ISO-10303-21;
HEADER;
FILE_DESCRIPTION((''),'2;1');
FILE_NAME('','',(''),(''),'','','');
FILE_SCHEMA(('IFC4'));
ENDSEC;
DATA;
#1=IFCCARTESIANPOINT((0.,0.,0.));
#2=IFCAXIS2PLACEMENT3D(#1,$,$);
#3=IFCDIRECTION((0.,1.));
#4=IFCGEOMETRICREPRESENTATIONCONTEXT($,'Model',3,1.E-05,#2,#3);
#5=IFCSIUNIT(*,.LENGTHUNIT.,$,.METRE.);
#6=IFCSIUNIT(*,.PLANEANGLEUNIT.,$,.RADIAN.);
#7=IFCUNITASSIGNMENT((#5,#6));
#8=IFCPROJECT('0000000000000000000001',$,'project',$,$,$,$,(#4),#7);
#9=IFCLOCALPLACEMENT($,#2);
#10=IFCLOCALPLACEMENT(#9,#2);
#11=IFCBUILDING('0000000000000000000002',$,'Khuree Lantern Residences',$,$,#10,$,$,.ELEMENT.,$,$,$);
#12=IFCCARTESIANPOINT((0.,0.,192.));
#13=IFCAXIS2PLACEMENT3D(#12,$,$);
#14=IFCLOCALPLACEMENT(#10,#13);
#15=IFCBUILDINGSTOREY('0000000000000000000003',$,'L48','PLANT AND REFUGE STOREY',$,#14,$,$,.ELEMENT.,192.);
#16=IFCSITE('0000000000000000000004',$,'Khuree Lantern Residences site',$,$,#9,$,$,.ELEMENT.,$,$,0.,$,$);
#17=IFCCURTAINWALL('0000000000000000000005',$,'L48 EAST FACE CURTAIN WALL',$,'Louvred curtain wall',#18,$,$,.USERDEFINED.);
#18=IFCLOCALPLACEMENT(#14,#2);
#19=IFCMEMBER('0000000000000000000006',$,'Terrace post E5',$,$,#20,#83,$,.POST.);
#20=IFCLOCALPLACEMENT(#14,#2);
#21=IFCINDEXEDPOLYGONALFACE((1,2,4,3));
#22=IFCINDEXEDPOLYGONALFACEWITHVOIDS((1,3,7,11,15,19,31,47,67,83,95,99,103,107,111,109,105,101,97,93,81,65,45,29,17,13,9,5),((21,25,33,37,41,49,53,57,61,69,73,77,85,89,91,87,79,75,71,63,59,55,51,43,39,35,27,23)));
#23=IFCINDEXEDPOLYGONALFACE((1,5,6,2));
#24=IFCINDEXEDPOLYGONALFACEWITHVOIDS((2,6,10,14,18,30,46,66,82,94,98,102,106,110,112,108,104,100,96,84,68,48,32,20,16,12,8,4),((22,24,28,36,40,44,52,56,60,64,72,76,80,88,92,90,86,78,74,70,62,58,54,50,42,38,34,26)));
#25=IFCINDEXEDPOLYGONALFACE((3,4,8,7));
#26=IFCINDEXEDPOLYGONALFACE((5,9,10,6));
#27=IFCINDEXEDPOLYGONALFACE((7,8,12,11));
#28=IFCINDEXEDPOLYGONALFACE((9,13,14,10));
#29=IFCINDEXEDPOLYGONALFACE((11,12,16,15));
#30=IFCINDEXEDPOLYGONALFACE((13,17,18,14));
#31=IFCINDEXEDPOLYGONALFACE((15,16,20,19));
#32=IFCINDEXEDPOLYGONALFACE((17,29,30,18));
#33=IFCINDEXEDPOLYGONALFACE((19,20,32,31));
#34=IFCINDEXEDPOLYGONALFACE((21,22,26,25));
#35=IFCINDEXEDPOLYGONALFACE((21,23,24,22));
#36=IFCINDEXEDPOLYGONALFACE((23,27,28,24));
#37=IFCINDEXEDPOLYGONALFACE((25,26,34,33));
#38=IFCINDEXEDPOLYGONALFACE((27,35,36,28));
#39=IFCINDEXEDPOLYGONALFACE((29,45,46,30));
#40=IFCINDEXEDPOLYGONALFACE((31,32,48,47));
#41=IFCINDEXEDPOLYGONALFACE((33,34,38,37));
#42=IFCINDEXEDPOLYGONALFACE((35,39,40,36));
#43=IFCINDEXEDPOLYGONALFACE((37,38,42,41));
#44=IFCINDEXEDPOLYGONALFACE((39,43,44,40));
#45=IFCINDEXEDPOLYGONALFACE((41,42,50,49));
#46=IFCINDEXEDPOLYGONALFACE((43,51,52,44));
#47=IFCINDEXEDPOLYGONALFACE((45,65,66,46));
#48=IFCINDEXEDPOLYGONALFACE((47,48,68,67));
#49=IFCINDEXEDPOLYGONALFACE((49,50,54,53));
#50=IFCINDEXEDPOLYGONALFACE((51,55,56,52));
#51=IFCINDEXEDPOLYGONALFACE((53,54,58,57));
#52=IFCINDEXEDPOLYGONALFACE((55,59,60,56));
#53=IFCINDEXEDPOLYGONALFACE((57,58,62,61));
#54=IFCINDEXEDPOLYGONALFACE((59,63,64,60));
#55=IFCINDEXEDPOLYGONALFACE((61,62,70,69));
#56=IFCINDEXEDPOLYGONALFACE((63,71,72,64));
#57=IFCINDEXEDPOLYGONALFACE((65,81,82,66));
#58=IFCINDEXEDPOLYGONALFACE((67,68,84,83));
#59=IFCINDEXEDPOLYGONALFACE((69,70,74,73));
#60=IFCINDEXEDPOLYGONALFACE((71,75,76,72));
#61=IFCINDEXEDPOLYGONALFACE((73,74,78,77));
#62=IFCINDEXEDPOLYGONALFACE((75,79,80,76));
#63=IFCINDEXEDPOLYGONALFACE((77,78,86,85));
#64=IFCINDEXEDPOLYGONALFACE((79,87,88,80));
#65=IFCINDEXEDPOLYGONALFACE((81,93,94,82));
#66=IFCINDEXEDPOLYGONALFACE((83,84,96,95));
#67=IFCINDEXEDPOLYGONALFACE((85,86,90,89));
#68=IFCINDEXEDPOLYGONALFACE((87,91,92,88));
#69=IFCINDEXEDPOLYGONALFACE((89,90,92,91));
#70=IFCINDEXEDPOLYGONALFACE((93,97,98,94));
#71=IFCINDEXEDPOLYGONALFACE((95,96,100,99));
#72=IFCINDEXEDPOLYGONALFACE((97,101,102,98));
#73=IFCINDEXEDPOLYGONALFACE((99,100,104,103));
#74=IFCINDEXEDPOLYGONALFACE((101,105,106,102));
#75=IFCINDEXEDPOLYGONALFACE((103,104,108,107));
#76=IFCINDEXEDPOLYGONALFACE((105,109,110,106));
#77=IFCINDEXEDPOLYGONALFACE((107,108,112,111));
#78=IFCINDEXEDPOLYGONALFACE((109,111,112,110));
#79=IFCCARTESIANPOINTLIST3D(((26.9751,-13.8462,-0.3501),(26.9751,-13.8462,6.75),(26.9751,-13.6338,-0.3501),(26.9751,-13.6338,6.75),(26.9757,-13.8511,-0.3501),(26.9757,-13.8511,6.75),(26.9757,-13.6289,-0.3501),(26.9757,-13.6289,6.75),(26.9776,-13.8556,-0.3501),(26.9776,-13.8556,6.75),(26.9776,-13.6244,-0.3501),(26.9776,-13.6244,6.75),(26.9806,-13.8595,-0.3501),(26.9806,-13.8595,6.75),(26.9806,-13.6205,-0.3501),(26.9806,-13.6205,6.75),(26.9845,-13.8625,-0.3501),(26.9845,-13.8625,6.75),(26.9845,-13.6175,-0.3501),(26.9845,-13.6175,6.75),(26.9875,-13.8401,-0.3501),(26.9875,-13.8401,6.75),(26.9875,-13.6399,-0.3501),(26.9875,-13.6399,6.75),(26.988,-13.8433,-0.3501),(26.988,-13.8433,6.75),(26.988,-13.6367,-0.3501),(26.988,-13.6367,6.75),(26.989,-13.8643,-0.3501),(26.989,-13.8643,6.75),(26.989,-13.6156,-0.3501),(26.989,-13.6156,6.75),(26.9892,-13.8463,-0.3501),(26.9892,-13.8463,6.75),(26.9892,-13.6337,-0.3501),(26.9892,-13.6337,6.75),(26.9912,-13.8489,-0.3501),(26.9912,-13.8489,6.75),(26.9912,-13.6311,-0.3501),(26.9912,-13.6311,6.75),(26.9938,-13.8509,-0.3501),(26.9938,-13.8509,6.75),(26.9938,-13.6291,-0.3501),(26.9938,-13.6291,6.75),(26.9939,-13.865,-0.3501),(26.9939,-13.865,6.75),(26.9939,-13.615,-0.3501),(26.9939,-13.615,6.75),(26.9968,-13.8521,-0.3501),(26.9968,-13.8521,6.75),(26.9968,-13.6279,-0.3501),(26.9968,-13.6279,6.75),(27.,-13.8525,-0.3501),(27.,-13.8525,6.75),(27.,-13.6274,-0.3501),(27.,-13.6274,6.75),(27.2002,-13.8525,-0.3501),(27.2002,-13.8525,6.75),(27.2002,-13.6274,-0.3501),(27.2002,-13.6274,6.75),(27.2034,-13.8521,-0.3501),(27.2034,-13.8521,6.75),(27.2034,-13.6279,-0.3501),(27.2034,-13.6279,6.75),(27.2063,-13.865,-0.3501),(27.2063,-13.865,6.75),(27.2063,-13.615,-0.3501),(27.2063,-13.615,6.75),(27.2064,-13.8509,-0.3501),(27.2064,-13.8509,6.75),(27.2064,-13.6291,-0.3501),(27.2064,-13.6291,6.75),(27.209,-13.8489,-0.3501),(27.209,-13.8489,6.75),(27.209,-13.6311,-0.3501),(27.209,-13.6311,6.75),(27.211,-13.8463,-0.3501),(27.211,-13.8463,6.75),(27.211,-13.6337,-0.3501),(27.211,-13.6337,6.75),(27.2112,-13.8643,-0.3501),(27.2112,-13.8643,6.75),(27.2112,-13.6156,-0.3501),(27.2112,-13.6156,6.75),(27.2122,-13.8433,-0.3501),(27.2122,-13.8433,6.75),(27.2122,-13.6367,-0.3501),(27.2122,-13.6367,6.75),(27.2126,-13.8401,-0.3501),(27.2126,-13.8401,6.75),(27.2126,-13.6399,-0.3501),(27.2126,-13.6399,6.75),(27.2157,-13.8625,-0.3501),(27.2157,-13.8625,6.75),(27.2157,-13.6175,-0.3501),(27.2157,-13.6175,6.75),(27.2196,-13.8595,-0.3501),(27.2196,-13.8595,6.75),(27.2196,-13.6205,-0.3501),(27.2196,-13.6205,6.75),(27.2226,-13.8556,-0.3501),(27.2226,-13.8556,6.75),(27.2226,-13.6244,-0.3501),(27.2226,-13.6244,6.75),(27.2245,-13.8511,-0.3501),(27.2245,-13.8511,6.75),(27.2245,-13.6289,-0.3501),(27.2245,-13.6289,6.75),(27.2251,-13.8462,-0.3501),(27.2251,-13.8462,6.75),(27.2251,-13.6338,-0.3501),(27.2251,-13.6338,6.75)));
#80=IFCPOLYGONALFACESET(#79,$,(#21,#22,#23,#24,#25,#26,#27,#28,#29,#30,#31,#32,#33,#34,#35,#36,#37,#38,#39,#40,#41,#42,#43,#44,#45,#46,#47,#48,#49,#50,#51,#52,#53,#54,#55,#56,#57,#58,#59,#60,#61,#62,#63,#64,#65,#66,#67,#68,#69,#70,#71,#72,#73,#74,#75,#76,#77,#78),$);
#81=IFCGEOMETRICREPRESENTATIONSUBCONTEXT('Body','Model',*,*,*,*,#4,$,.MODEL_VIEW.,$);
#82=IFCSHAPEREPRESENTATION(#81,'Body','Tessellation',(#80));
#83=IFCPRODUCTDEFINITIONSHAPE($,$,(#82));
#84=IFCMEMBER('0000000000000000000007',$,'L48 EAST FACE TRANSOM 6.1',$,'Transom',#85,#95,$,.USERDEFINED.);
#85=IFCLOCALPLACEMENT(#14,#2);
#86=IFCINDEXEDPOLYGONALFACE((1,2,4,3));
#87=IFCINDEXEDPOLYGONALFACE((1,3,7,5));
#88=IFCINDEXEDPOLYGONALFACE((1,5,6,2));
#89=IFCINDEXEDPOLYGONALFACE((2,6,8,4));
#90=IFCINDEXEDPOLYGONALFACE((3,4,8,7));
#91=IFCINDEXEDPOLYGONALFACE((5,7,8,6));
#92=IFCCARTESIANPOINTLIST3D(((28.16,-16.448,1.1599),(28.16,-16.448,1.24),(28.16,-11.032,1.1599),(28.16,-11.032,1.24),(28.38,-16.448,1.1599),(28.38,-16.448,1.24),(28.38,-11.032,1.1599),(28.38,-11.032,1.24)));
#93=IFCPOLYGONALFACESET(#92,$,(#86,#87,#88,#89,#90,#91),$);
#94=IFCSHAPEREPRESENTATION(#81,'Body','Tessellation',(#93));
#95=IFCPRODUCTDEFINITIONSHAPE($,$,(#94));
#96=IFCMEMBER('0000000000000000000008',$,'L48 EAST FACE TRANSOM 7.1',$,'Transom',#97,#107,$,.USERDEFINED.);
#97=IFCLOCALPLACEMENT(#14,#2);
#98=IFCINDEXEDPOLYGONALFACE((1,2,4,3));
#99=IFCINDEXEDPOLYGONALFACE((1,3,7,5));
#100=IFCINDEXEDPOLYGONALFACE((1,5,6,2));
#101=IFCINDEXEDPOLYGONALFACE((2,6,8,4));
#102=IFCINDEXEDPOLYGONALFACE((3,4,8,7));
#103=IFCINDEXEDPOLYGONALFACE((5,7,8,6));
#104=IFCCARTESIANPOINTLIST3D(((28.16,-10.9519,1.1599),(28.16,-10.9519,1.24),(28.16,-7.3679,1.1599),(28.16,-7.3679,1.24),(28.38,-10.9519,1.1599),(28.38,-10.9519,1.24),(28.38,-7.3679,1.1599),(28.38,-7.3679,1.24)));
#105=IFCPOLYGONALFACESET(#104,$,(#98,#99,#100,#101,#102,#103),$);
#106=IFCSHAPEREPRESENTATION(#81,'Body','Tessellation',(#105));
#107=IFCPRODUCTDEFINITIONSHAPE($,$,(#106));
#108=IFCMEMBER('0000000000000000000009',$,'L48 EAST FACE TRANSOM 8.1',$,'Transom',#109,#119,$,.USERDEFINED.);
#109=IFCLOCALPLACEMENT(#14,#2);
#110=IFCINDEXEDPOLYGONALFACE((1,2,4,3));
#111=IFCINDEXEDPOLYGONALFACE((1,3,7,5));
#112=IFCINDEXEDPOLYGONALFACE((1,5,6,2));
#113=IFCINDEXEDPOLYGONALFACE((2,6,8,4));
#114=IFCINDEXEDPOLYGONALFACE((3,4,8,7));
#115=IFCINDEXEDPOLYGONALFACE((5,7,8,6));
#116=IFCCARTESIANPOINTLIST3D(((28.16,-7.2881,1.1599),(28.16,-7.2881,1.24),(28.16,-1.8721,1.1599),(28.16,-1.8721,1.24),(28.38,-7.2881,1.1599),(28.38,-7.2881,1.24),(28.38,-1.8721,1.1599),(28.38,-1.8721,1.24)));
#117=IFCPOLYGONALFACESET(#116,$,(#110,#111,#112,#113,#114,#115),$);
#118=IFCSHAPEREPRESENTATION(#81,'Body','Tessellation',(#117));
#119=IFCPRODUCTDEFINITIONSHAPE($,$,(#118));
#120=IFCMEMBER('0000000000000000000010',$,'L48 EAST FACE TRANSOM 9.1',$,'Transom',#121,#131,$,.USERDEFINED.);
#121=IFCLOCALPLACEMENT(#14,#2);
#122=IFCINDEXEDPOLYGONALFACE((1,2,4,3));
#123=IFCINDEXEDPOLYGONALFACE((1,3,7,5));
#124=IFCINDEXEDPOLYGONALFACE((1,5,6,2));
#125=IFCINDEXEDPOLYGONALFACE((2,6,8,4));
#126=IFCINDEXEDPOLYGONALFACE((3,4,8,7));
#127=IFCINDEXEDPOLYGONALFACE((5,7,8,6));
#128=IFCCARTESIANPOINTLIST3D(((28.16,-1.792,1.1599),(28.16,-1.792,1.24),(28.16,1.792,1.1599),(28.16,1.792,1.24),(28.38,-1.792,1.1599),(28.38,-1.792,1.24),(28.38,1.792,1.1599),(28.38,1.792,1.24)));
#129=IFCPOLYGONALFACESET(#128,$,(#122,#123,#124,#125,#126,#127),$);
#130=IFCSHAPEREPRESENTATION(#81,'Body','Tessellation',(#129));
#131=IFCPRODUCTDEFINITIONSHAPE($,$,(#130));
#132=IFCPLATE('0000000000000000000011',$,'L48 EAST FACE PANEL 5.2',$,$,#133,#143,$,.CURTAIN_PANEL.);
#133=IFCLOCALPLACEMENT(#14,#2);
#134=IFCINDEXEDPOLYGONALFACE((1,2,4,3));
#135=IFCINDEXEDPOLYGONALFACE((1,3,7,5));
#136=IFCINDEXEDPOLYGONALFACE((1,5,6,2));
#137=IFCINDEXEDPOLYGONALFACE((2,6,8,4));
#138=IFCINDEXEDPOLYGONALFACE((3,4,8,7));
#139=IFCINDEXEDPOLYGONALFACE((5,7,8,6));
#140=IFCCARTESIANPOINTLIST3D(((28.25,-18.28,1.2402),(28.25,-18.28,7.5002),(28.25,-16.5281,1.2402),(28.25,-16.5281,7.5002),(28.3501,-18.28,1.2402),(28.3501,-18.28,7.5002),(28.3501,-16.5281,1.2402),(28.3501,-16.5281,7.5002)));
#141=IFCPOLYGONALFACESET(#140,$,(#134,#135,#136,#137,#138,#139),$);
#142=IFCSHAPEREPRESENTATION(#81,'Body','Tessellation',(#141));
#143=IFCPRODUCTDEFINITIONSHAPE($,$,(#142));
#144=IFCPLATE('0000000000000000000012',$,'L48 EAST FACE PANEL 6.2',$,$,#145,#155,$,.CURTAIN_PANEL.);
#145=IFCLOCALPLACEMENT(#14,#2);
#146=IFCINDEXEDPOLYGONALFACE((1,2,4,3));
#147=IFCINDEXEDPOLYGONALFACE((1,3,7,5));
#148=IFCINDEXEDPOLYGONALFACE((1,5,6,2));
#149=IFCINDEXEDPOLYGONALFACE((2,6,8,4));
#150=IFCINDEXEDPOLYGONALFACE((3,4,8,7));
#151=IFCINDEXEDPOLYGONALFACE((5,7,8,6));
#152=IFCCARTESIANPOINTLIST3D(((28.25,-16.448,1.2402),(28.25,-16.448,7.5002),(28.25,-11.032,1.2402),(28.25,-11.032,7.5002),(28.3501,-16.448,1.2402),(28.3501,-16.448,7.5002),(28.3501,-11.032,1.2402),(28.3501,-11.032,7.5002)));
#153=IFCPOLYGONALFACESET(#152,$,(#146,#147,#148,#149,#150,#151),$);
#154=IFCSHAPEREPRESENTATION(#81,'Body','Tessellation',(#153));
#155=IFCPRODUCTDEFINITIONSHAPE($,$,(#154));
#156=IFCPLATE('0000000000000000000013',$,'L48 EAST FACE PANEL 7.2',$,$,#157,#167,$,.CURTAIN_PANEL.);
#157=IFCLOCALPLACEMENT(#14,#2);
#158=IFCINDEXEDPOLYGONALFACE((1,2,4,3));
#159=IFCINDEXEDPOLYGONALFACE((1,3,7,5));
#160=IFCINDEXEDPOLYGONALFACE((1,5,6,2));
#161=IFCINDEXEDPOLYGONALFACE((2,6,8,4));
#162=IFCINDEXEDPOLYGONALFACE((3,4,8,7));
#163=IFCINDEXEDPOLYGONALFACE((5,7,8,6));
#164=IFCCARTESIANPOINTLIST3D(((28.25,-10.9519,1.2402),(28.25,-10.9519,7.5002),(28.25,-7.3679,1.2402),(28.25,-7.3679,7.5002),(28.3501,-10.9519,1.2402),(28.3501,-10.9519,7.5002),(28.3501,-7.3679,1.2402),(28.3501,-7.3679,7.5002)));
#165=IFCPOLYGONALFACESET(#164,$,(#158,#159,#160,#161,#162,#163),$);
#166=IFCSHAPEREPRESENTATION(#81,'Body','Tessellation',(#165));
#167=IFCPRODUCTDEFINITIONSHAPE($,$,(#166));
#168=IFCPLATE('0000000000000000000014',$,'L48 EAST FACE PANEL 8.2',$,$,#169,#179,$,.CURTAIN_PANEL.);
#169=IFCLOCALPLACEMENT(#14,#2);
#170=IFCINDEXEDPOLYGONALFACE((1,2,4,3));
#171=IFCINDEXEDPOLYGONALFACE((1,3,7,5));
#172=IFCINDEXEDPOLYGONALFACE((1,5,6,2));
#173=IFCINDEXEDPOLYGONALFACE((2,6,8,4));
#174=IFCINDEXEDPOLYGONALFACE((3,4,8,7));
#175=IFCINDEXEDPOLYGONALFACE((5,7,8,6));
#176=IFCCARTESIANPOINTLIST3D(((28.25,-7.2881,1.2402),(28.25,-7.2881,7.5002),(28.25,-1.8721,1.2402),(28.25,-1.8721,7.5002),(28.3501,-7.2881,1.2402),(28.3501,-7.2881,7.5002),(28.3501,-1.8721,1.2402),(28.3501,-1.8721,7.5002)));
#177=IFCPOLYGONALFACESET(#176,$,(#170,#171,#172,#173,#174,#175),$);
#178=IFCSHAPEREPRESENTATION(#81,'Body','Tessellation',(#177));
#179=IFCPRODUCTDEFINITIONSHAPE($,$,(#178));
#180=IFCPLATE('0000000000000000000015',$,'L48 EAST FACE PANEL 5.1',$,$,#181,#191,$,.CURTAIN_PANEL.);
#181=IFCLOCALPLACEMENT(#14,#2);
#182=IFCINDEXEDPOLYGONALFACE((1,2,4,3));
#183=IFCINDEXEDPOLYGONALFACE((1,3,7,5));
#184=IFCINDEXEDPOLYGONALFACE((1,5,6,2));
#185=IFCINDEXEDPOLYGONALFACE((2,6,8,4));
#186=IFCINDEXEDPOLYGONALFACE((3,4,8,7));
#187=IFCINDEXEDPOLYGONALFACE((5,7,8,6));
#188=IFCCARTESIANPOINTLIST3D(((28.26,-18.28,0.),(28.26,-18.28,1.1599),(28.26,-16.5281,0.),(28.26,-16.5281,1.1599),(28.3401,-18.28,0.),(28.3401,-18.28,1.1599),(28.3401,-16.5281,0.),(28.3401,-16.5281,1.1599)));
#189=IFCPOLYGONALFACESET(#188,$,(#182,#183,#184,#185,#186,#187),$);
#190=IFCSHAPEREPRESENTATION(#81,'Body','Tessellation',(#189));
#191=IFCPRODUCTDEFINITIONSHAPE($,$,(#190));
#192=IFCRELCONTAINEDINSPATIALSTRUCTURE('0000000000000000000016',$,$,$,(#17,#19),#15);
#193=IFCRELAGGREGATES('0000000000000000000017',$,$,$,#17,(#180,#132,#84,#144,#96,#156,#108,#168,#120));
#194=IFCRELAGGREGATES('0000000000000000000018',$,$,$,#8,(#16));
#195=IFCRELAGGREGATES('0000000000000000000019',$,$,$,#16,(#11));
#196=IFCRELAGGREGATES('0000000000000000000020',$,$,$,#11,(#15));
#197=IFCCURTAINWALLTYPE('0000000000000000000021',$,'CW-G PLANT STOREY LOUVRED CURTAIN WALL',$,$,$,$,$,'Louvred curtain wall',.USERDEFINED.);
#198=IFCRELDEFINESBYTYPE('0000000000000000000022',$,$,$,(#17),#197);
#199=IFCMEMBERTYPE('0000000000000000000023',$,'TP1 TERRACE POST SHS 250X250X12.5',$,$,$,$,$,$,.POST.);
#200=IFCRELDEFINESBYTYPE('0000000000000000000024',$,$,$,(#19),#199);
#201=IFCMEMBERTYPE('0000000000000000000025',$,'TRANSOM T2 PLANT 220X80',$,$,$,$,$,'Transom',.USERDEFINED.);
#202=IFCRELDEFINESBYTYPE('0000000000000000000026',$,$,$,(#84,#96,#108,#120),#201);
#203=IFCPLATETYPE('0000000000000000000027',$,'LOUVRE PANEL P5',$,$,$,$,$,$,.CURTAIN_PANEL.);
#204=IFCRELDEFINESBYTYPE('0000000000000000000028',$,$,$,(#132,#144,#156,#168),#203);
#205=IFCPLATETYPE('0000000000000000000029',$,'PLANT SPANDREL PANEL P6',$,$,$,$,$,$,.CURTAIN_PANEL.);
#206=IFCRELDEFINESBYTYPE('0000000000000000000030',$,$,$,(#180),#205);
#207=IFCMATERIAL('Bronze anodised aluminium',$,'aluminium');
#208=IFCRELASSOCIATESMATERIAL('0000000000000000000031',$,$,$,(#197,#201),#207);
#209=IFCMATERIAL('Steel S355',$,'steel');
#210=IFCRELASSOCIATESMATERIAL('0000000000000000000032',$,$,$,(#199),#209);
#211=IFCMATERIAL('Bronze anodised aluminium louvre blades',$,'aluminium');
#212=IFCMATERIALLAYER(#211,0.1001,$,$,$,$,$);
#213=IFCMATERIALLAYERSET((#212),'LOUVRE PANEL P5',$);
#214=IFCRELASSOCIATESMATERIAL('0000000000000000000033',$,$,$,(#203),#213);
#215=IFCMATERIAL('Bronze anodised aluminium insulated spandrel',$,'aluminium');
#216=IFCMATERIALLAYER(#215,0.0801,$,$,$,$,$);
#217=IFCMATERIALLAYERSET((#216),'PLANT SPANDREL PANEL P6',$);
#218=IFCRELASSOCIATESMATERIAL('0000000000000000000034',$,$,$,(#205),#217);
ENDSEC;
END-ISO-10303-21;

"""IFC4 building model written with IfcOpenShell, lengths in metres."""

from ifc_helpers import new_model, si_unit, direction, frame, origin, origin_2d, place, context, subcontext, project, spatial, rectangle, hollow_rectangle, extrude, material, layer, layer_set, material_profile, profile_set, type_object, element, aggregate, save


model = new_model("IFC4")

# Units and contexts
model_context = context("Model", 3, precision=1e-05, world=origin(), true_north=direction((0.0, 1.0)))
body_context = subcontext(model_context, "Body", "Model", "MODEL_VIEW")
ifc_project = project(units=[si_unit("LENGTHUNIT", "METRE"), si_unit("PLANEANGLEUNIT", "RADIAN")], contexts=[model_context])

# Site, building, storey
site_placement = place(None, origin())
site = spatial("IfcSite", under=ifc_project, at=site_placement, Name="Khuree Lantern Residences site", CompositionType="ELEMENT", RefElevation=0.0)
building_placement = place(site_placement, origin())
building = spatial("IfcBuilding", under=site, at=building_placement, Name="Khuree Lantern Residences", CompositionType="ELEMENT")
storey_placement = place(building_placement, frame((0.0, 0.0, 192.0)))
storey = spatial("IfcBuildingStorey", under=building, at=storey_placement, Name="L48", Description="PLANT AND REFUGE STOREY", CompositionType="ELEMENT", Elevation=192.0)

# Shared definitions
ifc_material_1 = material(Name="Steel S355", Category="steel")

# Curtain wall
ifc_material_2 = material(Name="Bronze anodised aluminium", Category="aluminium")
curtain_wall_type = type_object("IfcCurtainWallType", Name="CW-G PLANT STOREY LOUVRED CURTAIN WALL", ElementType="Louvred curtain wall", PredefinedType="USERDEFINED", material=ifc_material_2)
curtain_wall_placement = place(storey_placement, origin())
curtain_wall = element("IfcCurtainWall", 1, at=curtain_wall_placement, inside=storey, type_object=curtain_wall_type, Name="L48 EAST FACE CURTAIN WALL", ObjectType="Louvred curtain wall", PredefinedType="USERDEFINED")

# Member
ifc_material_profile_1 = material_profile(ifc_material_1, hollow_rectangle(XDim=0.25, YDim=0.25, WallThickness=0.0125, InnerFilletRadius=0.0125, OuterFilletRadius=0.0188, at=origin_2d()), Name="SHS 250X250X12.5")
ifc_profile_set_1 = profile_set([ifc_material_profile_1], Name="Steel S355")
member_type_1 = type_object("IfcMemberType", Name="TP1 TERRACE POST SHS 250X250X12.5", PredefinedType="POST", material=ifc_profile_set_1)
for number, where, z_axis, x_axis, name in (
    (2, (27.1001, -13.74, -0.3501), (0.0, 0.0, 1.0), (1.0, 0.0, 0.0), "Terrace post E5"),
):
    element("IfcMember", number, at=place(storey_placement, frame(where, z_axis=z_axis, x_axis=x_axis)), inside=storey, type_object=member_type_1, Name=name, PredefinedType="POST", context=body_context, shape_type="SweptSolid", body=[
        extrude(hollow_rectangle(XDim=0.25, YDim=0.25, WallThickness=0.0125, InnerFilletRadius=0.0125, OuterFilletRadius=0.0188, at=origin_2d()), origin(), (0.0, 0.0, 1.0), 7.1001),
    ])

# Members
ifc_material_profile_2 = material_profile(ifc_material_2, rectangle(XDim=0.22, YDim=0.0801, at=origin_2d()), Name="T2 220X80")
ifc_profile_set_2 = profile_set([ifc_material_profile_2], Name="Bronze anodised aluminium")
member_type_2 = type_object("IfcMemberType", Name="TRANSOM T2 PLANT 220X80", ElementType="Transom", PredefinedType="USERDEFINED", material=ifc_profile_set_2)
member_1_placement = place(storey_placement, frame((28.27, -16.448, 1.2), z_axis=(0.0, 1.0, 0.0), x_axis=(-1.0, 0.0, 0.0)))
member_1 = element("IfcMember", 3, at=member_1_placement, type_object=member_type_2, Name="L48 EAST FACE TRANSOM 6.1", ObjectType="Transom", PredefinedType="USERDEFINED", context=body_context, shape_type="SweptSolid", body=[
    extrude(rectangle(XDim=0.22, YDim=0.0801, at=origin_2d()), origin(), (0.0, 0.0, 1.0), 5.416),
])
member_2_placement = place(storey_placement, frame((28.27, -10.9519, 1.2), z_axis=(0.0, 1.0, 0.0), x_axis=(-1.0, 0.0, 0.0)))
member_2 = element("IfcMember", 4, at=member_2_placement, type_object=member_type_2, Name="L48 EAST FACE TRANSOM 7.1", ObjectType="Transom", PredefinedType="USERDEFINED", context=body_context, shape_type="SweptSolid", body=[
    extrude(rectangle(XDim=0.22, YDim=0.0801, at=origin_2d()), origin(), (0.0, 0.0, 1.0), 3.584),
])
member_3_placement = place(storey_placement, frame((28.27, -7.2881, 1.2), z_axis=(0.0, 1.0, 0.0), x_axis=(-1.0, 0.0, 0.0)))
member_3 = element("IfcMember", 5, at=member_3_placement, type_object=member_type_2, Name="L48 EAST FACE TRANSOM 8.1", ObjectType="Transom", PredefinedType="USERDEFINED", context=body_context, shape_type="SweptSolid", body=[
    extrude(rectangle(XDim=0.22, YDim=0.0801, at=origin_2d()), origin(), (0.0, 0.0, 1.0), 5.416),
])
member_4_placement = place(storey_placement, frame((28.27, -1.792, 1.2), z_axis=(0.0, 1.0, 0.0), x_axis=(-1.0, 0.0, 0.0)))
member_4 = element("IfcMember", 6, at=member_4_placement, type_object=member_type_2, Name="L48 EAST FACE TRANSOM 9.1", ObjectType="Transom", PredefinedType="USERDEFINED", context=body_context, shape_type="SweptSolid", body=[
    extrude(rectangle(XDim=0.22, YDim=0.0801, at=origin_2d()), origin(), (0.0, 0.0, 1.0), 3.584),
])

# Plates
ifc_material_3 = material(Name="Bronze anodised aluminium louvre blades", Category="aluminium")
ifc_layer_1 = layer(ifc_material_3, 0.1001)
ifc_layer_set_1 = layer_set([ifc_layer_1], Name="LOUVRE PANEL P5")
plate_type_1 = type_object("IfcPlateType", Name="LOUVRE PANEL P5", PredefinedType="CURTAIN_PANEL", material=ifc_layer_set_1)
plate_1_placement = place(storey_placement, frame((28.3, -17.4041, 1.2402), z_axis=(0.0, 0.0, 1.0), x_axis=(0.0, 1.0, 0.0)))
plate_1 = element("IfcPlate", 7, at=plate_1_placement, type_object=plate_type_1, Name="L48 EAST FACE PANEL 5.2", PredefinedType="CURTAIN_PANEL", context=body_context, shape_type="SweptSolid", body=[
    extrude(rectangle(XDim=1.752, YDim=0.1001, at=origin_2d()), origin(), (0.0, 0.0, 1.0), 6.26),
])
plate_2_placement = place(storey_placement, frame((28.3, -13.74, 1.2402), z_axis=(0.0, 0.0, 1.0), x_axis=(0.0, 1.0, 0.0)))
plate_2 = element("IfcPlate", 8, at=plate_2_placement, type_object=plate_type_1, Name="L48 EAST FACE PANEL 6.2", PredefinedType="CURTAIN_PANEL", context=body_context, shape_type="SweptSolid", body=[
    extrude(rectangle(XDim=5.416, YDim=0.1001, at=origin_2d()), origin(), (0.0, 0.0, 1.0), 6.26),
])
plate_3_placement = place(storey_placement, frame((28.3, -9.1599, 1.2402), z_axis=(0.0, 0.0, 1.0), x_axis=(0.0, 1.0, 0.0)))
plate_3 = element("IfcPlate", 9, at=plate_3_placement, type_object=plate_type_1, Name="L48 EAST FACE PANEL 7.2", PredefinedType="CURTAIN_PANEL", context=body_context, shape_type="SweptSolid", body=[
    extrude(rectangle(XDim=3.584, YDim=0.1001, at=origin_2d()), origin(), (0.0, 0.0, 1.0), 6.26),
])
plate_4_placement = place(storey_placement, frame((28.3, -4.5801, 1.2402), z_axis=(0.0, 0.0, 1.0), x_axis=(0.0, 1.0, 0.0)))
plate_4 = element("IfcPlate", 10, at=plate_4_placement, type_object=plate_type_1, Name="L48 EAST FACE PANEL 8.2", PredefinedType="CURTAIN_PANEL", context=body_context, shape_type="SweptSolid", body=[
    extrude(rectangle(XDim=5.416, YDim=0.1001, at=origin_2d()), origin(), (0.0, 0.0, 1.0), 6.26),
])
ifc_material_4 = material(Name="Bronze anodised aluminium insulated spandrel", Category="aluminium")
ifc_layer_2 = layer(ifc_material_4, 0.0801)
ifc_layer_set_2 = layer_set([ifc_layer_2], Name="PLANT SPANDREL PANEL P6")
plate_type_2 = type_object("IfcPlateType", Name="PLANT SPANDREL PANEL P6", PredefinedType="CURTAIN_PANEL", material=ifc_layer_set_2)
plate_5_placement = place(storey_placement, frame((28.3, -17.4041, 0.0), z_axis=(0.0, 0.0, 1.0), x_axis=(0.0, 1.0, 0.0)))
plate_5 = element("IfcPlate", 11, at=plate_5_placement, type_object=plate_type_2, Name="L48 EAST FACE PANEL 5.1", PredefinedType="CURTAIN_PANEL", context=body_context, shape_type="SweptSolid", body=[
    extrude(rectangle(XDim=1.752, YDim=0.0801, at=origin_2d()), origin(), (0.0, 0.0, 1.0), 1.1599),
])
aggregate(curtain_wall, [plate_5, plate_1, member_1, plate_2, member_2, plate_3, member_3, plate_4, member_4])

save(model, "model.ifc")
